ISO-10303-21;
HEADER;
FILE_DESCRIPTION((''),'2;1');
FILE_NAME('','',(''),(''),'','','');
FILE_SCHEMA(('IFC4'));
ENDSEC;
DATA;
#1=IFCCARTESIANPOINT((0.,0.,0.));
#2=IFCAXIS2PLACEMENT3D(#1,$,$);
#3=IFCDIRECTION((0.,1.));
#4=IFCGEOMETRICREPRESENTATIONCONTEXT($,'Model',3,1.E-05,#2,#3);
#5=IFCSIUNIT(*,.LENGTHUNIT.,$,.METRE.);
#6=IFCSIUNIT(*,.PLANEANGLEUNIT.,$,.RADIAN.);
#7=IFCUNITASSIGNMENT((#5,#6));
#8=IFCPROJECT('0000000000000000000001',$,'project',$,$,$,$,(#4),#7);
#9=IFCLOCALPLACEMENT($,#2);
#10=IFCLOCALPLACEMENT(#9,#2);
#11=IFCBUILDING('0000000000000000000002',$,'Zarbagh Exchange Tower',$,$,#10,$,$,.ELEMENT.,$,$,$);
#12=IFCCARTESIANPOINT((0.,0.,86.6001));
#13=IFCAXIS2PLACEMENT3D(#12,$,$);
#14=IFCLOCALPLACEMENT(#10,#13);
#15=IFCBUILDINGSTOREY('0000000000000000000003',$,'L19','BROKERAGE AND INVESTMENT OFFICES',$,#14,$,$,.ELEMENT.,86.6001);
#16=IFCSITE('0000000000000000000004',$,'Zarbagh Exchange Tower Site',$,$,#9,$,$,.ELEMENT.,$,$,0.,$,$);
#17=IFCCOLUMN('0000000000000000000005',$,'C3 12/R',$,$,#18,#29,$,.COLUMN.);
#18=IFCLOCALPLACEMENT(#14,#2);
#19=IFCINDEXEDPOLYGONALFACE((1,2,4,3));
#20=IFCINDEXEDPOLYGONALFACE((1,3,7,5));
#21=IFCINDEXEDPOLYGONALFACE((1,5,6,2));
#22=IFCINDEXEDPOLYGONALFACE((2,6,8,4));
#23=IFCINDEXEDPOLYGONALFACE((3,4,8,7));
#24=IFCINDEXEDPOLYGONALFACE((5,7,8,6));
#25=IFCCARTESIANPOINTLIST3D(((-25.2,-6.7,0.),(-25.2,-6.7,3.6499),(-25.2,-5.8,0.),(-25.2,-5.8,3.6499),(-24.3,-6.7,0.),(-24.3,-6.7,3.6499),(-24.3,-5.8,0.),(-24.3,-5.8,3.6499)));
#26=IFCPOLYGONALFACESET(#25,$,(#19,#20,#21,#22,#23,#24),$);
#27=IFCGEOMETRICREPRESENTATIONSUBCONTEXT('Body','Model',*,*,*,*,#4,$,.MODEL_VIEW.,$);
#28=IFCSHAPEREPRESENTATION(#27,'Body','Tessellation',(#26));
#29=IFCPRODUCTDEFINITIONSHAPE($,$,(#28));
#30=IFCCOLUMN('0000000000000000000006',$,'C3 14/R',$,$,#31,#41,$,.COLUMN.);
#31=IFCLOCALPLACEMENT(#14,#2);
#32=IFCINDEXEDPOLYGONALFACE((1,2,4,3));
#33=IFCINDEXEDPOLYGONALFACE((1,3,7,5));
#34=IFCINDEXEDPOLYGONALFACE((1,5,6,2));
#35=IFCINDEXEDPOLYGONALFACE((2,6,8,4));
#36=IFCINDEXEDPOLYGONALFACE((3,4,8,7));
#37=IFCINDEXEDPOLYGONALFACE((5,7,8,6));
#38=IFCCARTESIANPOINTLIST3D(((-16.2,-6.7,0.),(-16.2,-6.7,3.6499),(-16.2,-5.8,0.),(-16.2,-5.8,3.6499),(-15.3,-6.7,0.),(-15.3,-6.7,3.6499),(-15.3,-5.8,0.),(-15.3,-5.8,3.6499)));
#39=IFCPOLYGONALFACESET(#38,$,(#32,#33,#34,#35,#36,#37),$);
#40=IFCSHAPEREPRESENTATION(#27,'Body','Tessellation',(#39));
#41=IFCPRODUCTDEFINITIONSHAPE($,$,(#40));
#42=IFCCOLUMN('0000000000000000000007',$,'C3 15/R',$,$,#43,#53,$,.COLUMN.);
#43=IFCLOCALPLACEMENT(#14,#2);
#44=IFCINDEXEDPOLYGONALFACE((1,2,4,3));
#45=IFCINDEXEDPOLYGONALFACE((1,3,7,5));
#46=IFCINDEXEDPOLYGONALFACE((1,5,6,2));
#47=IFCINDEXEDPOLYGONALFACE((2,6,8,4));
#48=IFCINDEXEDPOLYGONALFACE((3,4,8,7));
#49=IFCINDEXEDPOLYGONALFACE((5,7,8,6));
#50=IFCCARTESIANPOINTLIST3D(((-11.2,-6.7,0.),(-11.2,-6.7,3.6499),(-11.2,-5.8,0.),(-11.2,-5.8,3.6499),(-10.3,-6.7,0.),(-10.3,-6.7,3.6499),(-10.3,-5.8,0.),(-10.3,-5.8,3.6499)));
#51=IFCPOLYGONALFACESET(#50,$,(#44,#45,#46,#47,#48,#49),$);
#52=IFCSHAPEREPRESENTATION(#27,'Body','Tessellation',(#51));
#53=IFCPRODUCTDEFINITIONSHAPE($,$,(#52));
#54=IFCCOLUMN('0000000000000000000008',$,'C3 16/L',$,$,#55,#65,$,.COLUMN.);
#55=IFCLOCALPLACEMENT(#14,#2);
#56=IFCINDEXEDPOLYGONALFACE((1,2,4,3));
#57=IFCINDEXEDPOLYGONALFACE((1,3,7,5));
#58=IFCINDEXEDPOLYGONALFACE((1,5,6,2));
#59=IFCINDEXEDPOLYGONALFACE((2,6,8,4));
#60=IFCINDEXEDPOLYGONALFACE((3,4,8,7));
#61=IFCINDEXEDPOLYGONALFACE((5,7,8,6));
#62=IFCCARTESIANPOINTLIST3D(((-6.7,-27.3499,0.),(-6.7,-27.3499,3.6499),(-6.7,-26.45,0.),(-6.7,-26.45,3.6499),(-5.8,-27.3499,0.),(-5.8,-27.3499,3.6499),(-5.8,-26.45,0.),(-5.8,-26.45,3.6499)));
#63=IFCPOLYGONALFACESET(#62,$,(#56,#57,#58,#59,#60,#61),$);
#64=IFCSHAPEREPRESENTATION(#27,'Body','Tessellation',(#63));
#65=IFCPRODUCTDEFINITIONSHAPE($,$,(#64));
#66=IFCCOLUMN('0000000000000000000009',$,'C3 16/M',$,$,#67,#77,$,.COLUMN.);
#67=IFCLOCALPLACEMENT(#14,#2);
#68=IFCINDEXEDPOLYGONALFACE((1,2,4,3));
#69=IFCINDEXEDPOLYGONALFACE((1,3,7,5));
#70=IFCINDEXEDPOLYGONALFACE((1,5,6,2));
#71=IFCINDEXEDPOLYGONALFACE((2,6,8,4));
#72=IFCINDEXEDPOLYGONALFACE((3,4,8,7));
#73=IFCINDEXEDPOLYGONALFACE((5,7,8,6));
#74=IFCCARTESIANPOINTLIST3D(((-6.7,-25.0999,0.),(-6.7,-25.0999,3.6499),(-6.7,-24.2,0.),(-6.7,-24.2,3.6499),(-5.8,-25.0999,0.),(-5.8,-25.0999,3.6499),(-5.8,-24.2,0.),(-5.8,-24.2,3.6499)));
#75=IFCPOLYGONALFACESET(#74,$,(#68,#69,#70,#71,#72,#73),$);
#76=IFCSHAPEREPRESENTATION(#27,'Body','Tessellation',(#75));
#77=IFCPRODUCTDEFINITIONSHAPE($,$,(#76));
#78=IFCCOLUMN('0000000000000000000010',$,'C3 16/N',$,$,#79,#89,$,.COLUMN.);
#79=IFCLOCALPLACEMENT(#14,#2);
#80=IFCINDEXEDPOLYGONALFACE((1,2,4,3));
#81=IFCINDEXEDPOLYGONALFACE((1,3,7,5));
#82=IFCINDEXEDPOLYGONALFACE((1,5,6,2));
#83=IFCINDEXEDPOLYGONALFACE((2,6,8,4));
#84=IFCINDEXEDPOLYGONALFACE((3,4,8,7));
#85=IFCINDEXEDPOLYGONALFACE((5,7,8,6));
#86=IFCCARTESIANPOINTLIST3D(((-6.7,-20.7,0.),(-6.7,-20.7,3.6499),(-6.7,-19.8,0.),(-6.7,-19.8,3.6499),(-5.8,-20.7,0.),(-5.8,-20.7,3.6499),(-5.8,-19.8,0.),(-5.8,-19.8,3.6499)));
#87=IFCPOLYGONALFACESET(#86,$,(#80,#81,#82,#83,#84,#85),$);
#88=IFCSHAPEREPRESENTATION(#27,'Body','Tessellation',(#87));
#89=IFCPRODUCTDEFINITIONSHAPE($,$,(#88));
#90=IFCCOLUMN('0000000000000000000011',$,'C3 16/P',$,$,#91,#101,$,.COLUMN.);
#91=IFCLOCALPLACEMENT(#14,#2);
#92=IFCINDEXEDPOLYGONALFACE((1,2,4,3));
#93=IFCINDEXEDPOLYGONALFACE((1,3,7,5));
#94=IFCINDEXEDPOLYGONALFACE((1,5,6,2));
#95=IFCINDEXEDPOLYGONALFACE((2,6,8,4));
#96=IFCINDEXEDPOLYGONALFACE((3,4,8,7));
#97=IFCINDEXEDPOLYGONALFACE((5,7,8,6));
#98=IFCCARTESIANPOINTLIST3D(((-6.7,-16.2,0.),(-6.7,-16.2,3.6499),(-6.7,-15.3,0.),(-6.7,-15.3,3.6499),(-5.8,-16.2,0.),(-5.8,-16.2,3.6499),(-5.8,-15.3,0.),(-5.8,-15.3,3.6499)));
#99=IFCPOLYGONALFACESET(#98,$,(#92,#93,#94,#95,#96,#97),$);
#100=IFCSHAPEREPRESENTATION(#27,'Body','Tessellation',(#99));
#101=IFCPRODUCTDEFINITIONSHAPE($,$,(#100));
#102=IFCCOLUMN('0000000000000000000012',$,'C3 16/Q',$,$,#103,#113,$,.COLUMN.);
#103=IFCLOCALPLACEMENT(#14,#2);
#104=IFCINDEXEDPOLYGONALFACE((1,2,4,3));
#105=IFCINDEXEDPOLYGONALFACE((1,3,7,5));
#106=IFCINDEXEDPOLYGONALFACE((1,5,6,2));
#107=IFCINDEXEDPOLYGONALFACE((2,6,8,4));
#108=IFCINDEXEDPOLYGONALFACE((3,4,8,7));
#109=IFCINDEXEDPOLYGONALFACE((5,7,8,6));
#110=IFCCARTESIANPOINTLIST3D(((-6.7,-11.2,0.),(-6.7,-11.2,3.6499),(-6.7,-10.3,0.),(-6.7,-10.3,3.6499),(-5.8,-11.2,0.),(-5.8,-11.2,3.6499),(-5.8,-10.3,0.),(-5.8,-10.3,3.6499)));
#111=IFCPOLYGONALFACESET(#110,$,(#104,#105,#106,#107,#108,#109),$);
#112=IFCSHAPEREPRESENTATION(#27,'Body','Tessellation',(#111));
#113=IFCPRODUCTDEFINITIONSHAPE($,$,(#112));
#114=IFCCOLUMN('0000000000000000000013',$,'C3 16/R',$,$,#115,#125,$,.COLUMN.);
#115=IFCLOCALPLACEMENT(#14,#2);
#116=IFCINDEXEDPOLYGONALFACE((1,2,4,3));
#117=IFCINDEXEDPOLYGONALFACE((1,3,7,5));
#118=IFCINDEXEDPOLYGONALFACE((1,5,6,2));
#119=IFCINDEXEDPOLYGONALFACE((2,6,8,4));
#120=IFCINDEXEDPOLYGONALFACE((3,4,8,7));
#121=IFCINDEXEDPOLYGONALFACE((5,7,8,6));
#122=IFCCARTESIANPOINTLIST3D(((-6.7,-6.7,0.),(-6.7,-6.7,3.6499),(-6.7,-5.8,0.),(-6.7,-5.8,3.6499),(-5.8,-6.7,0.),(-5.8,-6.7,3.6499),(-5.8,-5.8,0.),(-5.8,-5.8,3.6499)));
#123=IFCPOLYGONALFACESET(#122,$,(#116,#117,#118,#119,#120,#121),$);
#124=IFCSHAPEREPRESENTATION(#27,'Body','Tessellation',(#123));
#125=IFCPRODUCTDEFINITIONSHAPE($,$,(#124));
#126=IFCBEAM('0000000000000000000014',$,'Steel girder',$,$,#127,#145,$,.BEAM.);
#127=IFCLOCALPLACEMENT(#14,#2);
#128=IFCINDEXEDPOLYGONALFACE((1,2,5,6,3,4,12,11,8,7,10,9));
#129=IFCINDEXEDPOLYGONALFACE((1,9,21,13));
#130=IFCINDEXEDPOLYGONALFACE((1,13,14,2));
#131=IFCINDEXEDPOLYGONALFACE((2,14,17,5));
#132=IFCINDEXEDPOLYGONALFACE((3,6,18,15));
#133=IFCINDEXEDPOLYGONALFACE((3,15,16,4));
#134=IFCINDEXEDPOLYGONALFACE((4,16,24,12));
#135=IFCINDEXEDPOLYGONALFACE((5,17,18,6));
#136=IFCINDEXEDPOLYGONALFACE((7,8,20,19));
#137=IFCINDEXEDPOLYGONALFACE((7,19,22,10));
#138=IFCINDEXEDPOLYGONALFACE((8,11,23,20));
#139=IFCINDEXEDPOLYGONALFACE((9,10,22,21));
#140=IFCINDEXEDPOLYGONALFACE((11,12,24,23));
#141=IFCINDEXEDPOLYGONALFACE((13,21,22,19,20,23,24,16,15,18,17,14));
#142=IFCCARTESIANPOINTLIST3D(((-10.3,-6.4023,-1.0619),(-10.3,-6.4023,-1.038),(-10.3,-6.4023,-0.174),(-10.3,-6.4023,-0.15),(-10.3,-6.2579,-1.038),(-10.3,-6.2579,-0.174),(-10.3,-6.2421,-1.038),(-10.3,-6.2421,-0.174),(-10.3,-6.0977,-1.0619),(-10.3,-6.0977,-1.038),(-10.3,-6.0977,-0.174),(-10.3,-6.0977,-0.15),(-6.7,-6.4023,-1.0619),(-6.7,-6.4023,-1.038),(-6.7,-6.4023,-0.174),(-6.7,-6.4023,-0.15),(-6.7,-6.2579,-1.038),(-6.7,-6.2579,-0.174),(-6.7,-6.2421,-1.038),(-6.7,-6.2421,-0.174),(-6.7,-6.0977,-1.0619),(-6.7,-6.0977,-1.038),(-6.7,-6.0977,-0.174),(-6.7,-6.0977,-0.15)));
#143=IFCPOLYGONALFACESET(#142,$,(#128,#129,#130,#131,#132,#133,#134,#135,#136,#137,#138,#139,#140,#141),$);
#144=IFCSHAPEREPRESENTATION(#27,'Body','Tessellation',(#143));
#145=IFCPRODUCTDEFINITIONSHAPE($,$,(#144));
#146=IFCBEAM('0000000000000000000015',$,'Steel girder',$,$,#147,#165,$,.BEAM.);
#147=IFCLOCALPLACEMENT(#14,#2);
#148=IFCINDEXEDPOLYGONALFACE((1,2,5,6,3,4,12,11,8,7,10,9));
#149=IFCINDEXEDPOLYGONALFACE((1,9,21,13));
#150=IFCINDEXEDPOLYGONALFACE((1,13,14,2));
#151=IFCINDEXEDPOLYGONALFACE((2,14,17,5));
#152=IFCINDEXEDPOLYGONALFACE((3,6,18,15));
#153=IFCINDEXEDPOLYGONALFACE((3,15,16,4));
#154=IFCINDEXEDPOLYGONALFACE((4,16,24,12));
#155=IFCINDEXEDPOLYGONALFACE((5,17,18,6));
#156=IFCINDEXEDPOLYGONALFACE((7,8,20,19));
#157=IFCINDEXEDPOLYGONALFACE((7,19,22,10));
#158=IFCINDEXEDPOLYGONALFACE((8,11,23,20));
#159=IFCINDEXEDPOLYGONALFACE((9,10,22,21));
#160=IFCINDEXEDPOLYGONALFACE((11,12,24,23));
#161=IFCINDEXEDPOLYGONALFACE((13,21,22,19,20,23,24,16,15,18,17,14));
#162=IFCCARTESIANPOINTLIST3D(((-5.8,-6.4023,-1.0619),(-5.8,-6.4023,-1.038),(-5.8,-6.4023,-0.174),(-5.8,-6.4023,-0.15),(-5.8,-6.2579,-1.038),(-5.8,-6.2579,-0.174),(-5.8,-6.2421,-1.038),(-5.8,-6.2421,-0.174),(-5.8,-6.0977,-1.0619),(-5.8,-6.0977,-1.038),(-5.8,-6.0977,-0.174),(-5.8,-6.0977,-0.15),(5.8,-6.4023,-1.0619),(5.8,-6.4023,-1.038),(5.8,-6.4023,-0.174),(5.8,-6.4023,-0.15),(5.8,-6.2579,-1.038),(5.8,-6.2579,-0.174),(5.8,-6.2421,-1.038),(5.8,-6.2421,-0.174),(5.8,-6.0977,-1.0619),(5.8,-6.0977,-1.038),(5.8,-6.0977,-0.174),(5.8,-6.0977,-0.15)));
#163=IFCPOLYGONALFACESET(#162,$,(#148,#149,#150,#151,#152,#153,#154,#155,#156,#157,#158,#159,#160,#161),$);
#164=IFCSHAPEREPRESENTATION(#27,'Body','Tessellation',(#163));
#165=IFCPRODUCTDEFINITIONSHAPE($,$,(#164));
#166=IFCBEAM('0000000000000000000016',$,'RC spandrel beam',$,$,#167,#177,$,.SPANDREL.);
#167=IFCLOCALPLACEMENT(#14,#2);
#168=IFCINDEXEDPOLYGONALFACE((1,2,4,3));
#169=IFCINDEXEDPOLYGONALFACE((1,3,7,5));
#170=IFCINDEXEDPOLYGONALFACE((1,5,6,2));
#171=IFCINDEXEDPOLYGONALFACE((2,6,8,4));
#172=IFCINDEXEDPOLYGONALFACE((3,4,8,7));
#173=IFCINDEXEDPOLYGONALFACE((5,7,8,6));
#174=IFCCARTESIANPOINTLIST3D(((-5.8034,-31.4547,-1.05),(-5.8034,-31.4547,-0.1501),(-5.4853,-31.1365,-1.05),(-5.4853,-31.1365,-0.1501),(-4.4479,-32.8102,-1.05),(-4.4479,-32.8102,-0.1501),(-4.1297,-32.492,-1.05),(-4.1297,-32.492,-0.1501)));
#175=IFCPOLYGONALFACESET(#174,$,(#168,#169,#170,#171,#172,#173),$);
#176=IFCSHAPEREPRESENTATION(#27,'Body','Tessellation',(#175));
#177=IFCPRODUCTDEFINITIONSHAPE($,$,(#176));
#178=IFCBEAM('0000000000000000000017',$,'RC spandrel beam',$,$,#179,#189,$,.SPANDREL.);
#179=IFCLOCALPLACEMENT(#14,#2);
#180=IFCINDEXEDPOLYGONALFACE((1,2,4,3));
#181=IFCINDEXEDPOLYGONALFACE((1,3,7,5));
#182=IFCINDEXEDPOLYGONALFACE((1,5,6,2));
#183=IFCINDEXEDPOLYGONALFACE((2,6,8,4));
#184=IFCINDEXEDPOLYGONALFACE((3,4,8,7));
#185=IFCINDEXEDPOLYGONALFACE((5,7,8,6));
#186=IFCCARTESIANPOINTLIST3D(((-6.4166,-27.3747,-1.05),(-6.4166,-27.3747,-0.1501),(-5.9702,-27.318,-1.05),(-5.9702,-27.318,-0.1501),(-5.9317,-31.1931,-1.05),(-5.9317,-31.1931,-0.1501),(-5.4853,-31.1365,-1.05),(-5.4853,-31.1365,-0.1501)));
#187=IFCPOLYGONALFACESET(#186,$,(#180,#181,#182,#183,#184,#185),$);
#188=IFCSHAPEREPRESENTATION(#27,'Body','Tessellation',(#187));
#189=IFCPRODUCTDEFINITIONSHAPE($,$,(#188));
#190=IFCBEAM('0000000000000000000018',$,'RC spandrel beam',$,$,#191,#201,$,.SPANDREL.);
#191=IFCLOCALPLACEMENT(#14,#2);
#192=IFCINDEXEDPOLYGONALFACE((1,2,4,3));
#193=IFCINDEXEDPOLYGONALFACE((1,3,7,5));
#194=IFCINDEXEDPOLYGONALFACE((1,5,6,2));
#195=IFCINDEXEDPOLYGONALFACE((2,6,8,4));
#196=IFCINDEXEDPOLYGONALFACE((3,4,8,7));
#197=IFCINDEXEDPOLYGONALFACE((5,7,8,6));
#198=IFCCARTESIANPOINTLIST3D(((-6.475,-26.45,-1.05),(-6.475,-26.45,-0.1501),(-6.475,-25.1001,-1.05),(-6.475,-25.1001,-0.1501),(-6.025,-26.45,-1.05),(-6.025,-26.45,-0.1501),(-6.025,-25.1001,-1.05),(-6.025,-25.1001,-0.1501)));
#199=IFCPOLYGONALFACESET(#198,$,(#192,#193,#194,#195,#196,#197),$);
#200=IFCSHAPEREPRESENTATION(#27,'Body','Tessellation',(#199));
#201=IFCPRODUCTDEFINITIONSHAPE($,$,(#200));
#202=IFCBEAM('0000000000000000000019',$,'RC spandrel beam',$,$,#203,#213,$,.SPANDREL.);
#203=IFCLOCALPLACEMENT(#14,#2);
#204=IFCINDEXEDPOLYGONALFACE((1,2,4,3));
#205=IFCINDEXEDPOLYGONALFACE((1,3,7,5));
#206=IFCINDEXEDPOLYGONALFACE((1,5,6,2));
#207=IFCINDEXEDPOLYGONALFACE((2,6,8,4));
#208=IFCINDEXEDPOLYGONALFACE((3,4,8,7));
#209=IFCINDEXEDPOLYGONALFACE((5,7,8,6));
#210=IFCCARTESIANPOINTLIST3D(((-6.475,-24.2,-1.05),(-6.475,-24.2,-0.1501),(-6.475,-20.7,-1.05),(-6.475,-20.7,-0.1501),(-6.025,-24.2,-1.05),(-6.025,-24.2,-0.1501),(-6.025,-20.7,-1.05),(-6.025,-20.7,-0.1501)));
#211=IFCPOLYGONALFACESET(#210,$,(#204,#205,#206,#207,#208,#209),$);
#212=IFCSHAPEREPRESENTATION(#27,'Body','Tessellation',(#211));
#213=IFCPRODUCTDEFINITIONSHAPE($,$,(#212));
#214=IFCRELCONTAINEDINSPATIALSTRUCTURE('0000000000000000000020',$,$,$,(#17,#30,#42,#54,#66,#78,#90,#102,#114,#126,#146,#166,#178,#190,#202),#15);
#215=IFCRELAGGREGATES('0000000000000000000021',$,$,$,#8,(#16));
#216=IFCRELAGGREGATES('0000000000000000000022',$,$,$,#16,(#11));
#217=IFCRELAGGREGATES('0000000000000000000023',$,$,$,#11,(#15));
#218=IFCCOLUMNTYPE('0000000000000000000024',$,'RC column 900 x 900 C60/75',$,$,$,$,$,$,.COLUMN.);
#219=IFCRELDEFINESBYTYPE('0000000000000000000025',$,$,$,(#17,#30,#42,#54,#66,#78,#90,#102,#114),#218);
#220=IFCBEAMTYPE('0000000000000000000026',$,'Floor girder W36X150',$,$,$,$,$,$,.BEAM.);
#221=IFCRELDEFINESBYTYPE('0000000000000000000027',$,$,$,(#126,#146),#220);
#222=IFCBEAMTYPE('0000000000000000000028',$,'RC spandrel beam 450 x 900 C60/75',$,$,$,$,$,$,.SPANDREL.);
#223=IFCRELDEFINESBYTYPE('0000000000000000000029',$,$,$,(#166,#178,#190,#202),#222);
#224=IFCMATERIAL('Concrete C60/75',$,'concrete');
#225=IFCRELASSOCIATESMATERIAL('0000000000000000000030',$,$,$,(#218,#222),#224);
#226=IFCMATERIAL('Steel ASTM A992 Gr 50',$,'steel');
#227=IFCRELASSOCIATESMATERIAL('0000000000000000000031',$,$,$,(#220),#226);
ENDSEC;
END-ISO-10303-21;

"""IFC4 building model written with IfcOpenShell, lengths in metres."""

from ifc_helpers import new_model, si_unit, direction, frame, origin, origin_2d, place, context, subcontext, project, spatial, rectangle, i_section, extrude, material, material_profile, profile_set, type_object, element, save


model = new_model("IFC4")

# Units and contexts
model_context = context("Model", 3, precision=1e-05, world=origin(), true_north=direction((0.0, 1.0)))
body_context = subcontext(model_context, "Body", "Model", "MODEL_VIEW")
ifc_project = project(units=[si_unit("LENGTHUNIT", "METRE"), si_unit("PLANEANGLEUNIT", "RADIAN")], contexts=[model_context])

# Site, building, storey
site_placement = place(None, origin())
site = spatial("IfcSite", under=ifc_project, at=site_placement, Name="Zarbagh Exchange Tower Site", CompositionType="ELEMENT", RefElevation=0.0)
building_placement = place(site_placement, origin())
building = spatial("IfcBuilding", under=site, at=building_placement, Name="Zarbagh Exchange Tower", CompositionType="ELEMENT")
storey_placement = place(building_placement, frame((0.0, 0.0, 86.6001)))
storey = spatial("IfcBuildingStorey", under=building, at=storey_placement, Name="L19", Description="BROKERAGE AND INVESTMENT OFFICES", CompositionType="ELEMENT", Elevation=86.6001)

# Columns
ifc_material_1 = material(Name="Concrete C60/75", Category="concrete")
ifc_material_profile_1 = material_profile(ifc_material_1, rectangle(XDim=0.8999, YDim=0.8999, at=origin_2d()), Name="RC column 900 x 900 C60/75")
ifc_profile_set_1 = profile_set([ifc_material_profile_1], Name="Concrete C60/75")
column_type = type_object("IfcColumnType", Name="RC column 900 x 900 C60/75", PredefinedType="COLUMN", material=ifc_profile_set_1)
for number, where, z_axis, x_axis, name in (
    (1, (-24.75, -6.25, 0.0), (0.0, 0.0, 1.0), (1.0, 0.0, 0.0), "C3 12/R"),
    (2, (-15.75, -6.25, 0.0), (0.0, 0.0, 1.0), (1.0, 0.0, 0.0), "C3 14/R"),
    (3, (-10.75, -6.25, 0.0), (0.0, 0.0, 1.0), (1.0, 0.0, 0.0), "C3 15/R"),
    (4, (-6.25, -26.8999, 0.0), (0.0, 0.0, 1.0), (1.0, 0.0, 0.0), "C3 16/L"),
    (5, (-6.25, -24.6499, 0.0), (0.0, 0.0, 1.0), (1.0, 0.0, 0.0), "C3 16/M"),
    (6, (-6.25, -20.25, 0.0), (0.0, 0.0, 1.0), (1.0, 0.0, 0.0), "C3 16/N"),
    (7, (-6.25, -15.75, 0.0), (0.0, 0.0, 1.0), (1.0, 0.0, 0.0), "C3 16/P"),
    (8, (-6.25, -10.75, 0.0), (0.0, 0.0, 1.0), (1.0, 0.0, 0.0), "C3 16/Q"),
    (9, (-6.25, -6.25, 0.0), (0.0, 0.0, 1.0), (1.0, 0.0, 0.0), "C3 16/R"),
):
    element("IfcColumn", number, at=place(storey_placement, frame(where, z_axis=z_axis, x_axis=x_axis)), inside=storey, type_object=column_type, Name=name, PredefinedType="COLUMN", context=body_context, shape_type="SweptSolid", body=[
        extrude(rectangle(XDim=0.8999, YDim=0.8999, at=origin_2d()), origin(), (0.0, 0.0, 1.0), 3.6499),
    ])

# Beams
ifc_material_2 = material(Name="Steel ASTM A992 Gr 50", Category="steel")
ifc_material_profile_2 = material_profile(ifc_material_2, i_section(OverallWidth=0.3047, OverallDepth=0.9119, WebThickness=0.0159, FlangeThickness=0.0239, at=origin_2d()), Name="W36X150")
ifc_profile_set_2 = profile_set([ifc_material_profile_2], Name="Steel ASTM A992 Gr 50")
beam_type_1 = type_object("IfcBeamType", Name="Floor girder W36X150", PredefinedType="BEAM", material=ifc_profile_set_2)
beam_1_placement = place(storey_placement, frame((-10.3, -6.25, -0.606), z_axis=(1.0, 0.0, 0.0), x_axis=(0.0, 1.0, 0.0)))
element("IfcBeam", 10, at=beam_1_placement, inside=storey, type_object=beam_type_1, Name="Steel girder", PredefinedType="BEAM", context=body_context, shape_type="SweptSolid", body=[
    extrude(i_section(OverallWidth=0.3047, OverallDepth=0.9119, WebThickness=0.0159, FlangeThickness=0.0239, at=origin_2d()), origin(), (0.0, 0.0, 1.0), 3.6001),
])
beam_2_placement = place(storey_placement, frame((-5.8, -6.25, -0.606), z_axis=(1.0, 0.0, 0.0), x_axis=(0.0, 1.0, 0.0)))
element("IfcBeam", 11, at=beam_2_placement, inside=storey, type_object=beam_type_1, Name="Steel girder", PredefinedType="BEAM", context=body_context, shape_type="SweptSolid", body=[
    extrude(i_section(OverallWidth=0.3047, OverallDepth=0.9119, WebThickness=0.0159, FlangeThickness=0.0239, at=origin_2d()), origin(), (0.0, 0.0, 1.0), 11.6001),
])
ifc_material_profile_3 = material_profile(ifc_material_1, rectangle(XDim=0.45, YDim=0.8999, at=origin_2d()), Name="RC spandrel beam 450 x 900 C60/75")
ifc_profile_set_3 = profile_set([ifc_material_profile_3], Name="Concrete C60/75")
beam_type_2 = type_object("IfcBeamType", Name="RC spandrel beam 450 x 900 C60/75", PredefinedType="SPANDREL", material=ifc_profile_set_3)
beam_3_placement = place(storey_placement, frame((-4.2888, -32.6511, -0.6001), z_axis=(-0.707107, 0.707107, 0.0), x_axis=(-0.707107, -0.707107, 0.0)))
element("IfcBeam", 12, at=beam_3_placement, inside=storey, type_object=beam_type_2, Name="RC spandrel beam", PredefinedType="SPANDREL", context=body_context, shape_type="SweptSolid", body=[
    extrude(rectangle(XDim=0.45, YDim=0.8999, at=origin_2d()), origin(), (0.0, 0.0, 1.0), 1.917),
])
beam_4_placement = place(storey_placement, frame((-5.7085, -31.1648, -0.6001), z_axis=(-0.125971, 0.992034, 0.0), x_axis=(-0.992034, -0.125971, 0.0)))
element("IfcBeam", 13, at=beam_4_placement, inside=storey, type_object=beam_type_2, Name="RC spandrel beam", PredefinedType="SPANDREL", context=body_context, shape_type="SweptSolid", body=[
    extrude(rectangle(XDim=0.45, YDim=0.8999, at=origin_2d()), origin(), (0.0, 0.0, 1.0), 3.8491),
])
beam_5_placement = place(storey_placement, frame((-6.25, -26.45, -0.6001), z_axis=(0.0, 1.0, 0.0), x_axis=(-1.0, 0.0, 0.0)))
element("IfcBeam", 14, at=beam_5_placement, inside=storey, type_object=beam_type_2, Name="RC spandrel beam", PredefinedType="SPANDREL", context=body_context, shape_type="SweptSolid", body=[
    extrude(rectangle(XDim=0.45, YDim=0.8999, at=origin_2d()), origin(), (0.0, 0.0, 1.0), 1.3499),
])
beam_6_placement = place(storey_placement, frame((-6.25, -24.2, -0.6001), z_axis=(0.0, 1.0, 0.0), x_axis=(-1.0, 0.0, 0.0)))
element("IfcBeam", 15, at=beam_6_placement, inside=storey, type_object=beam_type_2, Name="RC spandrel beam", PredefinedType="SPANDREL", context=body_context, shape_type="SweptSolid", body=[
    extrude(rectangle(XDim=0.45, YDim=0.8999, at=origin_2d()), origin(), (0.0, 0.0, 1.0), 3.5),
])

save(model, "model.ifc")
